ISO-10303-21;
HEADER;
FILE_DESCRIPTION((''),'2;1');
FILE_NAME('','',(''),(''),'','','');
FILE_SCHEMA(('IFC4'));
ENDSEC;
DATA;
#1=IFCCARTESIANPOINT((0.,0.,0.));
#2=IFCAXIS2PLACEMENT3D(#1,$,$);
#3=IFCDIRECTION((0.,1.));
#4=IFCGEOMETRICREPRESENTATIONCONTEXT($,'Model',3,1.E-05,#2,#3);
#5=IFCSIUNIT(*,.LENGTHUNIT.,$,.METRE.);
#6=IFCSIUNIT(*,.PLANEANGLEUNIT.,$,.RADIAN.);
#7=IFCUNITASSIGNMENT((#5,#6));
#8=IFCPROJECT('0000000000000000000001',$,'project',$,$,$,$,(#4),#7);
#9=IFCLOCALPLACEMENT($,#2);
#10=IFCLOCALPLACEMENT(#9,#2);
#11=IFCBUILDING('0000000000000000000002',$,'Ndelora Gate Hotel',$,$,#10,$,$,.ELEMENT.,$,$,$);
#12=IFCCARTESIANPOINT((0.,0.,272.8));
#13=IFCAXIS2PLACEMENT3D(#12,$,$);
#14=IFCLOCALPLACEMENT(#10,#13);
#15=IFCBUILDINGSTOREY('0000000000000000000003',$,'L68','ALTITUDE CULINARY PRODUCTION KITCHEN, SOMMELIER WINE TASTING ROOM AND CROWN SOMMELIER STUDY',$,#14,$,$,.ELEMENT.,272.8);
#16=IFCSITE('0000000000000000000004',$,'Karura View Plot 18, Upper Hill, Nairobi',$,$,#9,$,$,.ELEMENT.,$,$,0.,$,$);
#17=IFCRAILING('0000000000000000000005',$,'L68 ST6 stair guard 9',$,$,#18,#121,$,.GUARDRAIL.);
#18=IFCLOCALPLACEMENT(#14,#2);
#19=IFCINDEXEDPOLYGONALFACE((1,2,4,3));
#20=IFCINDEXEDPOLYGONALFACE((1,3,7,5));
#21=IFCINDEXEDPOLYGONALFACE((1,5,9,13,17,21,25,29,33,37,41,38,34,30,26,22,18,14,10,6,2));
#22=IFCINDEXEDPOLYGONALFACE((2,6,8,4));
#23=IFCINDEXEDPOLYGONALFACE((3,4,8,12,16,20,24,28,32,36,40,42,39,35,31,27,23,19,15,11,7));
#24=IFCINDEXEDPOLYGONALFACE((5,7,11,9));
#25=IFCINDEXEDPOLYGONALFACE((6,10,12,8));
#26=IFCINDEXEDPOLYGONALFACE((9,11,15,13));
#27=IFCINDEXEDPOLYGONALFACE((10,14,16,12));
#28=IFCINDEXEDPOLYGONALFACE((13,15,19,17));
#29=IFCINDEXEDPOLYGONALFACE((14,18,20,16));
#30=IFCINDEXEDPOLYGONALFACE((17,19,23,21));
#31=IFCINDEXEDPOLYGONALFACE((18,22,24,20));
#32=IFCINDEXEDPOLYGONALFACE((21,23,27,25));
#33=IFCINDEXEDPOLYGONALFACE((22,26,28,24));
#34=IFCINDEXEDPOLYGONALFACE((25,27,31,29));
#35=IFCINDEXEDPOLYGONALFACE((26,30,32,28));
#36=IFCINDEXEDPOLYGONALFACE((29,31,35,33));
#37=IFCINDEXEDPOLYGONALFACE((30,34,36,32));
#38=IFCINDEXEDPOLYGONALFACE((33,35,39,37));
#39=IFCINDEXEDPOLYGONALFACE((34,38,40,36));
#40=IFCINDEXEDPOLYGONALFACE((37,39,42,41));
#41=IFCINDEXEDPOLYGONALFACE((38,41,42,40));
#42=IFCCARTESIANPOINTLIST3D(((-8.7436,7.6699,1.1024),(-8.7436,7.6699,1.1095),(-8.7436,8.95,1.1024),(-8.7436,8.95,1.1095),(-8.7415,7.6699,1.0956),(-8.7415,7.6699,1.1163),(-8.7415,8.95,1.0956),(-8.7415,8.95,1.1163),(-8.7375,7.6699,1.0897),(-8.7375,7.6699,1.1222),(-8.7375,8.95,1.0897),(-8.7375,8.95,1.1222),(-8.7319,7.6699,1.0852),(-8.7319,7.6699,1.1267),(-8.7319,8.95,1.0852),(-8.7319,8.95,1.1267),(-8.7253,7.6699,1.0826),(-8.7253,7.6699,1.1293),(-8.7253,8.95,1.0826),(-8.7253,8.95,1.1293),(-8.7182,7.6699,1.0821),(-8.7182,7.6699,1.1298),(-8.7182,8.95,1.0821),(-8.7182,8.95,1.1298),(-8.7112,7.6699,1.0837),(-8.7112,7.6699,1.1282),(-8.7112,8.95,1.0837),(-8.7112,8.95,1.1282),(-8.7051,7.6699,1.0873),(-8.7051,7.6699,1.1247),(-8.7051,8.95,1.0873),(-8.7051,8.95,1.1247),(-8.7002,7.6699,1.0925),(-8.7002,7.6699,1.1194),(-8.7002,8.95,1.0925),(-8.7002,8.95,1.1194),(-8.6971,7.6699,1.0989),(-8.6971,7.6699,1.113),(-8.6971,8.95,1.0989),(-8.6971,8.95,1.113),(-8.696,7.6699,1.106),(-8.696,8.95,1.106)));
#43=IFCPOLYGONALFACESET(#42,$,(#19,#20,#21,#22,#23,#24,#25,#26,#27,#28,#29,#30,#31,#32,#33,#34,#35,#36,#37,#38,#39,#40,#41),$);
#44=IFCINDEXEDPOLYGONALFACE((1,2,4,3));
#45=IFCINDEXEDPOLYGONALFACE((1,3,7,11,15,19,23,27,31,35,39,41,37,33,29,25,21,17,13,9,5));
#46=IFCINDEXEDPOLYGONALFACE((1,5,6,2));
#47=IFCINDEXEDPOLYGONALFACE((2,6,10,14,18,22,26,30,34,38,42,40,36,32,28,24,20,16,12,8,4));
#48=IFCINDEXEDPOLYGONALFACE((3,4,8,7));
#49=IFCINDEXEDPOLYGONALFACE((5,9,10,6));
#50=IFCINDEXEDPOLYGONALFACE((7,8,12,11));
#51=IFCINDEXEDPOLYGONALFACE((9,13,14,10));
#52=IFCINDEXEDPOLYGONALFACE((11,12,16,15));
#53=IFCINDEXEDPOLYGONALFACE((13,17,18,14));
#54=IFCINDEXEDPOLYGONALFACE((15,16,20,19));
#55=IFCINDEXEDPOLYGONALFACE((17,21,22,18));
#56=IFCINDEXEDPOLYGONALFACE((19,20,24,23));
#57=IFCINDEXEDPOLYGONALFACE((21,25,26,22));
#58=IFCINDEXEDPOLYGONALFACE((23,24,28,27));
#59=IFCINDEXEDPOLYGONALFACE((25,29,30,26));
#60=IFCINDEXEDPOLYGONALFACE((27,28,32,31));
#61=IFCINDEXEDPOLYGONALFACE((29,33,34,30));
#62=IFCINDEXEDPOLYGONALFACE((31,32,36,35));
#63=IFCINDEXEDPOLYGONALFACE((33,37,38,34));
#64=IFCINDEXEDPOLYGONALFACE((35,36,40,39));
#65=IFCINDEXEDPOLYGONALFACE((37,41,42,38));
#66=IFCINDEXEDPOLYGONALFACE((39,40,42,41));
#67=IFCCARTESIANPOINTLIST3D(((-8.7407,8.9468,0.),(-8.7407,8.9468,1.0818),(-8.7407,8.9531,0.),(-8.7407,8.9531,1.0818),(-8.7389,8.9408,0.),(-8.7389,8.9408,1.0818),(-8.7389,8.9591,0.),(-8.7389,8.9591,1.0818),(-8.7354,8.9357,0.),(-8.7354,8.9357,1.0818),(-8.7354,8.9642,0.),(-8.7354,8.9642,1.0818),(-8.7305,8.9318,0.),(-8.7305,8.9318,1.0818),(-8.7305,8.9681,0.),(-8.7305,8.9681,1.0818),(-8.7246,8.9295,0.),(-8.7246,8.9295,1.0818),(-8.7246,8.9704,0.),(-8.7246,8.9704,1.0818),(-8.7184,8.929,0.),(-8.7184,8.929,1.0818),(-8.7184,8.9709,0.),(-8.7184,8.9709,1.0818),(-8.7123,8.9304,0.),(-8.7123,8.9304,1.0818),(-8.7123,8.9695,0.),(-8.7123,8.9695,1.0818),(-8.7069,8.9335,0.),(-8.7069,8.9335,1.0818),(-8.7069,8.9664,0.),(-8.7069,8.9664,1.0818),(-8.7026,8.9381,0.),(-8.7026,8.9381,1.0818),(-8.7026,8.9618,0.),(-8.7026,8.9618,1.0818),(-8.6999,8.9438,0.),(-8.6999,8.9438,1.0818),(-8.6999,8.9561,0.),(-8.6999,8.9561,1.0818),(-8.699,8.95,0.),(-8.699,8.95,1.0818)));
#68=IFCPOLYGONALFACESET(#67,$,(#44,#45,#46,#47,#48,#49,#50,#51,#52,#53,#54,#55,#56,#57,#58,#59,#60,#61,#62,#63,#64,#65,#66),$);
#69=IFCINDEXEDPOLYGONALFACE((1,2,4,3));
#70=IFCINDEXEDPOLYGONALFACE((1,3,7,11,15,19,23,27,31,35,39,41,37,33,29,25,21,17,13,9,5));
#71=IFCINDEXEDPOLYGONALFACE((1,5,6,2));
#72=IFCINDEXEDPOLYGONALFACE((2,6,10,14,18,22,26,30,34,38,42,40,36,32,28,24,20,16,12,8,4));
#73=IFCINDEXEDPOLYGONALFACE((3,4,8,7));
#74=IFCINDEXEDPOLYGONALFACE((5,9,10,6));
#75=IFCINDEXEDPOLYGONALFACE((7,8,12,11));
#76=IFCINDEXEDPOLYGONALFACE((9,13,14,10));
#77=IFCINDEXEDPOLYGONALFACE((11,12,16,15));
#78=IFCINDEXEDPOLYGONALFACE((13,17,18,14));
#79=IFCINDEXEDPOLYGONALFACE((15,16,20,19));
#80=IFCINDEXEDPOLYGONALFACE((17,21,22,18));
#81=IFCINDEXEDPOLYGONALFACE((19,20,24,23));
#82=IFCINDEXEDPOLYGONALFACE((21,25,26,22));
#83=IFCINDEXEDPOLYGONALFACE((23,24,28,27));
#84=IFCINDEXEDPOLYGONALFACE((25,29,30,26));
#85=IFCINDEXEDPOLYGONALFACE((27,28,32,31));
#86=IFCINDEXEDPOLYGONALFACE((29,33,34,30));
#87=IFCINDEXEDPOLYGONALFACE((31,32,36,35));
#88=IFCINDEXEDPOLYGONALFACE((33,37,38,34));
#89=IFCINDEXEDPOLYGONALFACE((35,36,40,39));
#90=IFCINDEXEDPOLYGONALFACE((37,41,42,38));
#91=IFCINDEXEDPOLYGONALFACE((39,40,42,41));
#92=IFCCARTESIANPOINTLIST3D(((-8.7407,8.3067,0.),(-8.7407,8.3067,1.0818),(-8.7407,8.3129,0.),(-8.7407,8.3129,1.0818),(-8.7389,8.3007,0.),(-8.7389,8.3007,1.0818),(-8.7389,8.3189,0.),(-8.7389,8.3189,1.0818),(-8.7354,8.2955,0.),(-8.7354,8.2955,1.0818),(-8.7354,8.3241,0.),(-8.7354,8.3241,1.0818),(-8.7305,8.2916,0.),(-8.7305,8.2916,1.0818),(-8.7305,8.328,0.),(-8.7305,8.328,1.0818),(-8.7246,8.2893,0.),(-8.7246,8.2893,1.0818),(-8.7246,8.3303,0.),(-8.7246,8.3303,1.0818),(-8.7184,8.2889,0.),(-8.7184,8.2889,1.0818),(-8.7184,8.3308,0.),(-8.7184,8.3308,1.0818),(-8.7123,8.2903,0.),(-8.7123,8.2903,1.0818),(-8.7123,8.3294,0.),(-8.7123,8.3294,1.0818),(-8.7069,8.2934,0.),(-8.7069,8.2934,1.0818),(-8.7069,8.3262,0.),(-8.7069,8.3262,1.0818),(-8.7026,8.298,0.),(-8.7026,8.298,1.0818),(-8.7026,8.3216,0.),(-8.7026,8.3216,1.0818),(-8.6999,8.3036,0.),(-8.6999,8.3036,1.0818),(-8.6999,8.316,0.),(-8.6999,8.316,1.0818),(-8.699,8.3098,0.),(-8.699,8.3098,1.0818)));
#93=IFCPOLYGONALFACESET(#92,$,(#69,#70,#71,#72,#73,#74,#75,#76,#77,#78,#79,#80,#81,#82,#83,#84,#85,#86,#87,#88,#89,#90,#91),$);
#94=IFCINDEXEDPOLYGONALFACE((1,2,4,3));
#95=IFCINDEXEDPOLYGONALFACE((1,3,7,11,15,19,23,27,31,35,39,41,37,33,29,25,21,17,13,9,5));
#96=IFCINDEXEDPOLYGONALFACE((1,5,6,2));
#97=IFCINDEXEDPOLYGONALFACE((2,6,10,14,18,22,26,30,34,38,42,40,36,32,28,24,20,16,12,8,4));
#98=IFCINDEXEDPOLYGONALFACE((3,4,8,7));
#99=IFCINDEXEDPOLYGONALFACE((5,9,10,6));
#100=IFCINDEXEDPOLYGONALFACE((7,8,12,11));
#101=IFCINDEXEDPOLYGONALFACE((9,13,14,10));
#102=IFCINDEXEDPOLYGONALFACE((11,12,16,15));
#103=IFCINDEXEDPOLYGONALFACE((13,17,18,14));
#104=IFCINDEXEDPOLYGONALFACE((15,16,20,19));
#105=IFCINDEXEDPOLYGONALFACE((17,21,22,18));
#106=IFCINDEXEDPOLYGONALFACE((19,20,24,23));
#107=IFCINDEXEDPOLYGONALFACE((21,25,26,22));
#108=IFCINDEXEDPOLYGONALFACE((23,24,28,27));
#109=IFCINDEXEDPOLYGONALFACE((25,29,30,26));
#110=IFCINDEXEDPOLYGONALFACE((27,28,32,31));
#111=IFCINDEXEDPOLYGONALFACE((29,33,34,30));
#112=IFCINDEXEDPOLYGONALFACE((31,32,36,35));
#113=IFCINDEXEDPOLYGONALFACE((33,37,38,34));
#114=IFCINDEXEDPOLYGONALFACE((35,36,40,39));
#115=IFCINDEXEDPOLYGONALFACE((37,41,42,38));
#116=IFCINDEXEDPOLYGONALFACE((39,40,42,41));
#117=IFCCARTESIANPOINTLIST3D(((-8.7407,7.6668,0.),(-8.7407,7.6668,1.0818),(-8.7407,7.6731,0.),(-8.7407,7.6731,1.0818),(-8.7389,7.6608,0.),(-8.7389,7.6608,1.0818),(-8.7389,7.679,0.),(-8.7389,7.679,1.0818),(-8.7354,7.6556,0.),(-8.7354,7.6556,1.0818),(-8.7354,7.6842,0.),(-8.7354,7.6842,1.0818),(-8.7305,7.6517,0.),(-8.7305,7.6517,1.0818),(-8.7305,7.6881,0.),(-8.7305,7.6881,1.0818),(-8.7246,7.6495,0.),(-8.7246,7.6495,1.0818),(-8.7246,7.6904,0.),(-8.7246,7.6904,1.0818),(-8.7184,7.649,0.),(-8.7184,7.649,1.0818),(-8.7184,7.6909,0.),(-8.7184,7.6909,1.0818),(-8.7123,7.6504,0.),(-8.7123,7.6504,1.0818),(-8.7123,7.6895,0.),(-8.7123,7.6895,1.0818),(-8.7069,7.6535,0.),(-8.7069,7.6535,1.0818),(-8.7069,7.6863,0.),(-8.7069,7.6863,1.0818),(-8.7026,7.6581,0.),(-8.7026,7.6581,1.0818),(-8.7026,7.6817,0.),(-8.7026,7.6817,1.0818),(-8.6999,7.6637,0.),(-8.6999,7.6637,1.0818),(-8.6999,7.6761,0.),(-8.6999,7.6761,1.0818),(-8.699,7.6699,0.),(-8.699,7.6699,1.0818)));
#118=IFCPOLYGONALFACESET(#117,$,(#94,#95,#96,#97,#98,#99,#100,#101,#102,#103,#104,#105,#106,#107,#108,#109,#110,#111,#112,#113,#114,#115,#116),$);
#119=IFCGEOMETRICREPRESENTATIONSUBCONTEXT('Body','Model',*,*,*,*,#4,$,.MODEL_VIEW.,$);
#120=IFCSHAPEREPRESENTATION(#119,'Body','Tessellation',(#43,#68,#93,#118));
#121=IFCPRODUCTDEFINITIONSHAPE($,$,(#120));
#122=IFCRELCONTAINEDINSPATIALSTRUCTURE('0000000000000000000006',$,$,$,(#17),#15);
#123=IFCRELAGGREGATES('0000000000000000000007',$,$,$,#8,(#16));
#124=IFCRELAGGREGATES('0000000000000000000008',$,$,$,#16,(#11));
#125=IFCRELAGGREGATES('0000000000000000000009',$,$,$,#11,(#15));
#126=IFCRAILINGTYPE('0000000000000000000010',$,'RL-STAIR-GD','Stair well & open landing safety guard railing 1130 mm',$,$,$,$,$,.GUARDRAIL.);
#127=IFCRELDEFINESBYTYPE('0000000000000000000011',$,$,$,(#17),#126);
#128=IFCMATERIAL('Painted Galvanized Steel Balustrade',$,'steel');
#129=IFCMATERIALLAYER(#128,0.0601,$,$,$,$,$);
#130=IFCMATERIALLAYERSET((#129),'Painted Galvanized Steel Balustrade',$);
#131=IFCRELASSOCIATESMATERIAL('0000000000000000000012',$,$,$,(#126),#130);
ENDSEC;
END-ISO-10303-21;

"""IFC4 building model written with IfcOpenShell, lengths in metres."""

from ifc_helpers import new_model, si_unit, direction, frame, origin, origin_2d, place, context, subcontext, project, spatial, circle, extrude, material, layer, layer_set, type_object, element, save


model = new_model("IFC4")

# Units and contexts
model_context = context("Model", 3, precision=1e-05, world=origin(), true_north=direction((0.0, 1.0)))
body_context = subcontext(model_context, "Body", "Model", "MODEL_VIEW")
ifc_project = project(units=[si_unit("LENGTHUNIT", "METRE"), si_unit("PLANEANGLEUNIT", "RADIAN")], contexts=[model_context])

# Site, building, storey
site_placement = place(None, origin())
site = spatial("IfcSite", under=ifc_project, at=site_placement, Name="Karura View Plot 18, Upper Hill, Nairobi", CompositionType="ELEMENT", RefElevation=0.0)
building_placement = place(site_placement, origin())
building = spatial("IfcBuilding", under=site, at=building_placement, Name="Ndelora Gate Hotel", CompositionType="ELEMENT")
storey_placement = place(building_placement, frame((0.0, 0.0, 272.8)))
storey = spatial("IfcBuildingStorey", under=building, at=storey_placement, Name="L68", Description="ALTITUDE CULINARY PRODUCTION KITCHEN, SOMMELIER WINE TASTING ROOM AND CROWN SOMMELIER STUDY", CompositionType="ELEMENT", Elevation=272.8)

# Railing
ifc_material_1 = material(Name="Painted Galvanized Steel Balustrade", Category="steel")
ifc_layer_1 = layer(ifc_material_1, 0.0601)
ifc_layer_set_1 = layer_set([ifc_layer_1], Name="Painted Galvanized Steel Balustrade")
railing_type = type_object("IfcRailingType", Name="RL-STAIR-GD", Description="Stair well & open landing safety guard railing 1130 mm", PredefinedType="GUARDRAIL", material=ifc_layer_set_1)
railing_1_placement = place(storey_placement, frame((-8.72, 8.95, 0.0)))
element("IfcRailing", 1, at=railing_1_placement, inside=storey, type_object=railing_type, Name="L68 ST6 stair guard 9", PredefinedType="GUARDRAIL", context=body_context, shape_type="SweptSolid", body=[
    extrude(circle(Radius=0.0239, at=origin_2d()), frame((0.0, 0.0, 1.106), z_axis=(0.0, -1.0, 0.0), x_axis=(1.0, 0.0, 0.0)), (0.0, 0.0, 1.0), 1.28),
    extrude(circle(Radius=0.021, at=origin_2d()), origin(), (0.0, 0.0, 1.0), 1.0818),
    extrude(circle(Radius=0.021, at=origin_2d()), frame((0.0, -0.6401, 0.0)), (0.0, 0.0, 1.0), 1.0818),
    extrude(circle(Radius=0.021, at=origin_2d()), frame((0.0, -1.28, 0.0)), (0.0, 0.0, 1.0), 1.0818),
])

save(model, "model.ifc")
